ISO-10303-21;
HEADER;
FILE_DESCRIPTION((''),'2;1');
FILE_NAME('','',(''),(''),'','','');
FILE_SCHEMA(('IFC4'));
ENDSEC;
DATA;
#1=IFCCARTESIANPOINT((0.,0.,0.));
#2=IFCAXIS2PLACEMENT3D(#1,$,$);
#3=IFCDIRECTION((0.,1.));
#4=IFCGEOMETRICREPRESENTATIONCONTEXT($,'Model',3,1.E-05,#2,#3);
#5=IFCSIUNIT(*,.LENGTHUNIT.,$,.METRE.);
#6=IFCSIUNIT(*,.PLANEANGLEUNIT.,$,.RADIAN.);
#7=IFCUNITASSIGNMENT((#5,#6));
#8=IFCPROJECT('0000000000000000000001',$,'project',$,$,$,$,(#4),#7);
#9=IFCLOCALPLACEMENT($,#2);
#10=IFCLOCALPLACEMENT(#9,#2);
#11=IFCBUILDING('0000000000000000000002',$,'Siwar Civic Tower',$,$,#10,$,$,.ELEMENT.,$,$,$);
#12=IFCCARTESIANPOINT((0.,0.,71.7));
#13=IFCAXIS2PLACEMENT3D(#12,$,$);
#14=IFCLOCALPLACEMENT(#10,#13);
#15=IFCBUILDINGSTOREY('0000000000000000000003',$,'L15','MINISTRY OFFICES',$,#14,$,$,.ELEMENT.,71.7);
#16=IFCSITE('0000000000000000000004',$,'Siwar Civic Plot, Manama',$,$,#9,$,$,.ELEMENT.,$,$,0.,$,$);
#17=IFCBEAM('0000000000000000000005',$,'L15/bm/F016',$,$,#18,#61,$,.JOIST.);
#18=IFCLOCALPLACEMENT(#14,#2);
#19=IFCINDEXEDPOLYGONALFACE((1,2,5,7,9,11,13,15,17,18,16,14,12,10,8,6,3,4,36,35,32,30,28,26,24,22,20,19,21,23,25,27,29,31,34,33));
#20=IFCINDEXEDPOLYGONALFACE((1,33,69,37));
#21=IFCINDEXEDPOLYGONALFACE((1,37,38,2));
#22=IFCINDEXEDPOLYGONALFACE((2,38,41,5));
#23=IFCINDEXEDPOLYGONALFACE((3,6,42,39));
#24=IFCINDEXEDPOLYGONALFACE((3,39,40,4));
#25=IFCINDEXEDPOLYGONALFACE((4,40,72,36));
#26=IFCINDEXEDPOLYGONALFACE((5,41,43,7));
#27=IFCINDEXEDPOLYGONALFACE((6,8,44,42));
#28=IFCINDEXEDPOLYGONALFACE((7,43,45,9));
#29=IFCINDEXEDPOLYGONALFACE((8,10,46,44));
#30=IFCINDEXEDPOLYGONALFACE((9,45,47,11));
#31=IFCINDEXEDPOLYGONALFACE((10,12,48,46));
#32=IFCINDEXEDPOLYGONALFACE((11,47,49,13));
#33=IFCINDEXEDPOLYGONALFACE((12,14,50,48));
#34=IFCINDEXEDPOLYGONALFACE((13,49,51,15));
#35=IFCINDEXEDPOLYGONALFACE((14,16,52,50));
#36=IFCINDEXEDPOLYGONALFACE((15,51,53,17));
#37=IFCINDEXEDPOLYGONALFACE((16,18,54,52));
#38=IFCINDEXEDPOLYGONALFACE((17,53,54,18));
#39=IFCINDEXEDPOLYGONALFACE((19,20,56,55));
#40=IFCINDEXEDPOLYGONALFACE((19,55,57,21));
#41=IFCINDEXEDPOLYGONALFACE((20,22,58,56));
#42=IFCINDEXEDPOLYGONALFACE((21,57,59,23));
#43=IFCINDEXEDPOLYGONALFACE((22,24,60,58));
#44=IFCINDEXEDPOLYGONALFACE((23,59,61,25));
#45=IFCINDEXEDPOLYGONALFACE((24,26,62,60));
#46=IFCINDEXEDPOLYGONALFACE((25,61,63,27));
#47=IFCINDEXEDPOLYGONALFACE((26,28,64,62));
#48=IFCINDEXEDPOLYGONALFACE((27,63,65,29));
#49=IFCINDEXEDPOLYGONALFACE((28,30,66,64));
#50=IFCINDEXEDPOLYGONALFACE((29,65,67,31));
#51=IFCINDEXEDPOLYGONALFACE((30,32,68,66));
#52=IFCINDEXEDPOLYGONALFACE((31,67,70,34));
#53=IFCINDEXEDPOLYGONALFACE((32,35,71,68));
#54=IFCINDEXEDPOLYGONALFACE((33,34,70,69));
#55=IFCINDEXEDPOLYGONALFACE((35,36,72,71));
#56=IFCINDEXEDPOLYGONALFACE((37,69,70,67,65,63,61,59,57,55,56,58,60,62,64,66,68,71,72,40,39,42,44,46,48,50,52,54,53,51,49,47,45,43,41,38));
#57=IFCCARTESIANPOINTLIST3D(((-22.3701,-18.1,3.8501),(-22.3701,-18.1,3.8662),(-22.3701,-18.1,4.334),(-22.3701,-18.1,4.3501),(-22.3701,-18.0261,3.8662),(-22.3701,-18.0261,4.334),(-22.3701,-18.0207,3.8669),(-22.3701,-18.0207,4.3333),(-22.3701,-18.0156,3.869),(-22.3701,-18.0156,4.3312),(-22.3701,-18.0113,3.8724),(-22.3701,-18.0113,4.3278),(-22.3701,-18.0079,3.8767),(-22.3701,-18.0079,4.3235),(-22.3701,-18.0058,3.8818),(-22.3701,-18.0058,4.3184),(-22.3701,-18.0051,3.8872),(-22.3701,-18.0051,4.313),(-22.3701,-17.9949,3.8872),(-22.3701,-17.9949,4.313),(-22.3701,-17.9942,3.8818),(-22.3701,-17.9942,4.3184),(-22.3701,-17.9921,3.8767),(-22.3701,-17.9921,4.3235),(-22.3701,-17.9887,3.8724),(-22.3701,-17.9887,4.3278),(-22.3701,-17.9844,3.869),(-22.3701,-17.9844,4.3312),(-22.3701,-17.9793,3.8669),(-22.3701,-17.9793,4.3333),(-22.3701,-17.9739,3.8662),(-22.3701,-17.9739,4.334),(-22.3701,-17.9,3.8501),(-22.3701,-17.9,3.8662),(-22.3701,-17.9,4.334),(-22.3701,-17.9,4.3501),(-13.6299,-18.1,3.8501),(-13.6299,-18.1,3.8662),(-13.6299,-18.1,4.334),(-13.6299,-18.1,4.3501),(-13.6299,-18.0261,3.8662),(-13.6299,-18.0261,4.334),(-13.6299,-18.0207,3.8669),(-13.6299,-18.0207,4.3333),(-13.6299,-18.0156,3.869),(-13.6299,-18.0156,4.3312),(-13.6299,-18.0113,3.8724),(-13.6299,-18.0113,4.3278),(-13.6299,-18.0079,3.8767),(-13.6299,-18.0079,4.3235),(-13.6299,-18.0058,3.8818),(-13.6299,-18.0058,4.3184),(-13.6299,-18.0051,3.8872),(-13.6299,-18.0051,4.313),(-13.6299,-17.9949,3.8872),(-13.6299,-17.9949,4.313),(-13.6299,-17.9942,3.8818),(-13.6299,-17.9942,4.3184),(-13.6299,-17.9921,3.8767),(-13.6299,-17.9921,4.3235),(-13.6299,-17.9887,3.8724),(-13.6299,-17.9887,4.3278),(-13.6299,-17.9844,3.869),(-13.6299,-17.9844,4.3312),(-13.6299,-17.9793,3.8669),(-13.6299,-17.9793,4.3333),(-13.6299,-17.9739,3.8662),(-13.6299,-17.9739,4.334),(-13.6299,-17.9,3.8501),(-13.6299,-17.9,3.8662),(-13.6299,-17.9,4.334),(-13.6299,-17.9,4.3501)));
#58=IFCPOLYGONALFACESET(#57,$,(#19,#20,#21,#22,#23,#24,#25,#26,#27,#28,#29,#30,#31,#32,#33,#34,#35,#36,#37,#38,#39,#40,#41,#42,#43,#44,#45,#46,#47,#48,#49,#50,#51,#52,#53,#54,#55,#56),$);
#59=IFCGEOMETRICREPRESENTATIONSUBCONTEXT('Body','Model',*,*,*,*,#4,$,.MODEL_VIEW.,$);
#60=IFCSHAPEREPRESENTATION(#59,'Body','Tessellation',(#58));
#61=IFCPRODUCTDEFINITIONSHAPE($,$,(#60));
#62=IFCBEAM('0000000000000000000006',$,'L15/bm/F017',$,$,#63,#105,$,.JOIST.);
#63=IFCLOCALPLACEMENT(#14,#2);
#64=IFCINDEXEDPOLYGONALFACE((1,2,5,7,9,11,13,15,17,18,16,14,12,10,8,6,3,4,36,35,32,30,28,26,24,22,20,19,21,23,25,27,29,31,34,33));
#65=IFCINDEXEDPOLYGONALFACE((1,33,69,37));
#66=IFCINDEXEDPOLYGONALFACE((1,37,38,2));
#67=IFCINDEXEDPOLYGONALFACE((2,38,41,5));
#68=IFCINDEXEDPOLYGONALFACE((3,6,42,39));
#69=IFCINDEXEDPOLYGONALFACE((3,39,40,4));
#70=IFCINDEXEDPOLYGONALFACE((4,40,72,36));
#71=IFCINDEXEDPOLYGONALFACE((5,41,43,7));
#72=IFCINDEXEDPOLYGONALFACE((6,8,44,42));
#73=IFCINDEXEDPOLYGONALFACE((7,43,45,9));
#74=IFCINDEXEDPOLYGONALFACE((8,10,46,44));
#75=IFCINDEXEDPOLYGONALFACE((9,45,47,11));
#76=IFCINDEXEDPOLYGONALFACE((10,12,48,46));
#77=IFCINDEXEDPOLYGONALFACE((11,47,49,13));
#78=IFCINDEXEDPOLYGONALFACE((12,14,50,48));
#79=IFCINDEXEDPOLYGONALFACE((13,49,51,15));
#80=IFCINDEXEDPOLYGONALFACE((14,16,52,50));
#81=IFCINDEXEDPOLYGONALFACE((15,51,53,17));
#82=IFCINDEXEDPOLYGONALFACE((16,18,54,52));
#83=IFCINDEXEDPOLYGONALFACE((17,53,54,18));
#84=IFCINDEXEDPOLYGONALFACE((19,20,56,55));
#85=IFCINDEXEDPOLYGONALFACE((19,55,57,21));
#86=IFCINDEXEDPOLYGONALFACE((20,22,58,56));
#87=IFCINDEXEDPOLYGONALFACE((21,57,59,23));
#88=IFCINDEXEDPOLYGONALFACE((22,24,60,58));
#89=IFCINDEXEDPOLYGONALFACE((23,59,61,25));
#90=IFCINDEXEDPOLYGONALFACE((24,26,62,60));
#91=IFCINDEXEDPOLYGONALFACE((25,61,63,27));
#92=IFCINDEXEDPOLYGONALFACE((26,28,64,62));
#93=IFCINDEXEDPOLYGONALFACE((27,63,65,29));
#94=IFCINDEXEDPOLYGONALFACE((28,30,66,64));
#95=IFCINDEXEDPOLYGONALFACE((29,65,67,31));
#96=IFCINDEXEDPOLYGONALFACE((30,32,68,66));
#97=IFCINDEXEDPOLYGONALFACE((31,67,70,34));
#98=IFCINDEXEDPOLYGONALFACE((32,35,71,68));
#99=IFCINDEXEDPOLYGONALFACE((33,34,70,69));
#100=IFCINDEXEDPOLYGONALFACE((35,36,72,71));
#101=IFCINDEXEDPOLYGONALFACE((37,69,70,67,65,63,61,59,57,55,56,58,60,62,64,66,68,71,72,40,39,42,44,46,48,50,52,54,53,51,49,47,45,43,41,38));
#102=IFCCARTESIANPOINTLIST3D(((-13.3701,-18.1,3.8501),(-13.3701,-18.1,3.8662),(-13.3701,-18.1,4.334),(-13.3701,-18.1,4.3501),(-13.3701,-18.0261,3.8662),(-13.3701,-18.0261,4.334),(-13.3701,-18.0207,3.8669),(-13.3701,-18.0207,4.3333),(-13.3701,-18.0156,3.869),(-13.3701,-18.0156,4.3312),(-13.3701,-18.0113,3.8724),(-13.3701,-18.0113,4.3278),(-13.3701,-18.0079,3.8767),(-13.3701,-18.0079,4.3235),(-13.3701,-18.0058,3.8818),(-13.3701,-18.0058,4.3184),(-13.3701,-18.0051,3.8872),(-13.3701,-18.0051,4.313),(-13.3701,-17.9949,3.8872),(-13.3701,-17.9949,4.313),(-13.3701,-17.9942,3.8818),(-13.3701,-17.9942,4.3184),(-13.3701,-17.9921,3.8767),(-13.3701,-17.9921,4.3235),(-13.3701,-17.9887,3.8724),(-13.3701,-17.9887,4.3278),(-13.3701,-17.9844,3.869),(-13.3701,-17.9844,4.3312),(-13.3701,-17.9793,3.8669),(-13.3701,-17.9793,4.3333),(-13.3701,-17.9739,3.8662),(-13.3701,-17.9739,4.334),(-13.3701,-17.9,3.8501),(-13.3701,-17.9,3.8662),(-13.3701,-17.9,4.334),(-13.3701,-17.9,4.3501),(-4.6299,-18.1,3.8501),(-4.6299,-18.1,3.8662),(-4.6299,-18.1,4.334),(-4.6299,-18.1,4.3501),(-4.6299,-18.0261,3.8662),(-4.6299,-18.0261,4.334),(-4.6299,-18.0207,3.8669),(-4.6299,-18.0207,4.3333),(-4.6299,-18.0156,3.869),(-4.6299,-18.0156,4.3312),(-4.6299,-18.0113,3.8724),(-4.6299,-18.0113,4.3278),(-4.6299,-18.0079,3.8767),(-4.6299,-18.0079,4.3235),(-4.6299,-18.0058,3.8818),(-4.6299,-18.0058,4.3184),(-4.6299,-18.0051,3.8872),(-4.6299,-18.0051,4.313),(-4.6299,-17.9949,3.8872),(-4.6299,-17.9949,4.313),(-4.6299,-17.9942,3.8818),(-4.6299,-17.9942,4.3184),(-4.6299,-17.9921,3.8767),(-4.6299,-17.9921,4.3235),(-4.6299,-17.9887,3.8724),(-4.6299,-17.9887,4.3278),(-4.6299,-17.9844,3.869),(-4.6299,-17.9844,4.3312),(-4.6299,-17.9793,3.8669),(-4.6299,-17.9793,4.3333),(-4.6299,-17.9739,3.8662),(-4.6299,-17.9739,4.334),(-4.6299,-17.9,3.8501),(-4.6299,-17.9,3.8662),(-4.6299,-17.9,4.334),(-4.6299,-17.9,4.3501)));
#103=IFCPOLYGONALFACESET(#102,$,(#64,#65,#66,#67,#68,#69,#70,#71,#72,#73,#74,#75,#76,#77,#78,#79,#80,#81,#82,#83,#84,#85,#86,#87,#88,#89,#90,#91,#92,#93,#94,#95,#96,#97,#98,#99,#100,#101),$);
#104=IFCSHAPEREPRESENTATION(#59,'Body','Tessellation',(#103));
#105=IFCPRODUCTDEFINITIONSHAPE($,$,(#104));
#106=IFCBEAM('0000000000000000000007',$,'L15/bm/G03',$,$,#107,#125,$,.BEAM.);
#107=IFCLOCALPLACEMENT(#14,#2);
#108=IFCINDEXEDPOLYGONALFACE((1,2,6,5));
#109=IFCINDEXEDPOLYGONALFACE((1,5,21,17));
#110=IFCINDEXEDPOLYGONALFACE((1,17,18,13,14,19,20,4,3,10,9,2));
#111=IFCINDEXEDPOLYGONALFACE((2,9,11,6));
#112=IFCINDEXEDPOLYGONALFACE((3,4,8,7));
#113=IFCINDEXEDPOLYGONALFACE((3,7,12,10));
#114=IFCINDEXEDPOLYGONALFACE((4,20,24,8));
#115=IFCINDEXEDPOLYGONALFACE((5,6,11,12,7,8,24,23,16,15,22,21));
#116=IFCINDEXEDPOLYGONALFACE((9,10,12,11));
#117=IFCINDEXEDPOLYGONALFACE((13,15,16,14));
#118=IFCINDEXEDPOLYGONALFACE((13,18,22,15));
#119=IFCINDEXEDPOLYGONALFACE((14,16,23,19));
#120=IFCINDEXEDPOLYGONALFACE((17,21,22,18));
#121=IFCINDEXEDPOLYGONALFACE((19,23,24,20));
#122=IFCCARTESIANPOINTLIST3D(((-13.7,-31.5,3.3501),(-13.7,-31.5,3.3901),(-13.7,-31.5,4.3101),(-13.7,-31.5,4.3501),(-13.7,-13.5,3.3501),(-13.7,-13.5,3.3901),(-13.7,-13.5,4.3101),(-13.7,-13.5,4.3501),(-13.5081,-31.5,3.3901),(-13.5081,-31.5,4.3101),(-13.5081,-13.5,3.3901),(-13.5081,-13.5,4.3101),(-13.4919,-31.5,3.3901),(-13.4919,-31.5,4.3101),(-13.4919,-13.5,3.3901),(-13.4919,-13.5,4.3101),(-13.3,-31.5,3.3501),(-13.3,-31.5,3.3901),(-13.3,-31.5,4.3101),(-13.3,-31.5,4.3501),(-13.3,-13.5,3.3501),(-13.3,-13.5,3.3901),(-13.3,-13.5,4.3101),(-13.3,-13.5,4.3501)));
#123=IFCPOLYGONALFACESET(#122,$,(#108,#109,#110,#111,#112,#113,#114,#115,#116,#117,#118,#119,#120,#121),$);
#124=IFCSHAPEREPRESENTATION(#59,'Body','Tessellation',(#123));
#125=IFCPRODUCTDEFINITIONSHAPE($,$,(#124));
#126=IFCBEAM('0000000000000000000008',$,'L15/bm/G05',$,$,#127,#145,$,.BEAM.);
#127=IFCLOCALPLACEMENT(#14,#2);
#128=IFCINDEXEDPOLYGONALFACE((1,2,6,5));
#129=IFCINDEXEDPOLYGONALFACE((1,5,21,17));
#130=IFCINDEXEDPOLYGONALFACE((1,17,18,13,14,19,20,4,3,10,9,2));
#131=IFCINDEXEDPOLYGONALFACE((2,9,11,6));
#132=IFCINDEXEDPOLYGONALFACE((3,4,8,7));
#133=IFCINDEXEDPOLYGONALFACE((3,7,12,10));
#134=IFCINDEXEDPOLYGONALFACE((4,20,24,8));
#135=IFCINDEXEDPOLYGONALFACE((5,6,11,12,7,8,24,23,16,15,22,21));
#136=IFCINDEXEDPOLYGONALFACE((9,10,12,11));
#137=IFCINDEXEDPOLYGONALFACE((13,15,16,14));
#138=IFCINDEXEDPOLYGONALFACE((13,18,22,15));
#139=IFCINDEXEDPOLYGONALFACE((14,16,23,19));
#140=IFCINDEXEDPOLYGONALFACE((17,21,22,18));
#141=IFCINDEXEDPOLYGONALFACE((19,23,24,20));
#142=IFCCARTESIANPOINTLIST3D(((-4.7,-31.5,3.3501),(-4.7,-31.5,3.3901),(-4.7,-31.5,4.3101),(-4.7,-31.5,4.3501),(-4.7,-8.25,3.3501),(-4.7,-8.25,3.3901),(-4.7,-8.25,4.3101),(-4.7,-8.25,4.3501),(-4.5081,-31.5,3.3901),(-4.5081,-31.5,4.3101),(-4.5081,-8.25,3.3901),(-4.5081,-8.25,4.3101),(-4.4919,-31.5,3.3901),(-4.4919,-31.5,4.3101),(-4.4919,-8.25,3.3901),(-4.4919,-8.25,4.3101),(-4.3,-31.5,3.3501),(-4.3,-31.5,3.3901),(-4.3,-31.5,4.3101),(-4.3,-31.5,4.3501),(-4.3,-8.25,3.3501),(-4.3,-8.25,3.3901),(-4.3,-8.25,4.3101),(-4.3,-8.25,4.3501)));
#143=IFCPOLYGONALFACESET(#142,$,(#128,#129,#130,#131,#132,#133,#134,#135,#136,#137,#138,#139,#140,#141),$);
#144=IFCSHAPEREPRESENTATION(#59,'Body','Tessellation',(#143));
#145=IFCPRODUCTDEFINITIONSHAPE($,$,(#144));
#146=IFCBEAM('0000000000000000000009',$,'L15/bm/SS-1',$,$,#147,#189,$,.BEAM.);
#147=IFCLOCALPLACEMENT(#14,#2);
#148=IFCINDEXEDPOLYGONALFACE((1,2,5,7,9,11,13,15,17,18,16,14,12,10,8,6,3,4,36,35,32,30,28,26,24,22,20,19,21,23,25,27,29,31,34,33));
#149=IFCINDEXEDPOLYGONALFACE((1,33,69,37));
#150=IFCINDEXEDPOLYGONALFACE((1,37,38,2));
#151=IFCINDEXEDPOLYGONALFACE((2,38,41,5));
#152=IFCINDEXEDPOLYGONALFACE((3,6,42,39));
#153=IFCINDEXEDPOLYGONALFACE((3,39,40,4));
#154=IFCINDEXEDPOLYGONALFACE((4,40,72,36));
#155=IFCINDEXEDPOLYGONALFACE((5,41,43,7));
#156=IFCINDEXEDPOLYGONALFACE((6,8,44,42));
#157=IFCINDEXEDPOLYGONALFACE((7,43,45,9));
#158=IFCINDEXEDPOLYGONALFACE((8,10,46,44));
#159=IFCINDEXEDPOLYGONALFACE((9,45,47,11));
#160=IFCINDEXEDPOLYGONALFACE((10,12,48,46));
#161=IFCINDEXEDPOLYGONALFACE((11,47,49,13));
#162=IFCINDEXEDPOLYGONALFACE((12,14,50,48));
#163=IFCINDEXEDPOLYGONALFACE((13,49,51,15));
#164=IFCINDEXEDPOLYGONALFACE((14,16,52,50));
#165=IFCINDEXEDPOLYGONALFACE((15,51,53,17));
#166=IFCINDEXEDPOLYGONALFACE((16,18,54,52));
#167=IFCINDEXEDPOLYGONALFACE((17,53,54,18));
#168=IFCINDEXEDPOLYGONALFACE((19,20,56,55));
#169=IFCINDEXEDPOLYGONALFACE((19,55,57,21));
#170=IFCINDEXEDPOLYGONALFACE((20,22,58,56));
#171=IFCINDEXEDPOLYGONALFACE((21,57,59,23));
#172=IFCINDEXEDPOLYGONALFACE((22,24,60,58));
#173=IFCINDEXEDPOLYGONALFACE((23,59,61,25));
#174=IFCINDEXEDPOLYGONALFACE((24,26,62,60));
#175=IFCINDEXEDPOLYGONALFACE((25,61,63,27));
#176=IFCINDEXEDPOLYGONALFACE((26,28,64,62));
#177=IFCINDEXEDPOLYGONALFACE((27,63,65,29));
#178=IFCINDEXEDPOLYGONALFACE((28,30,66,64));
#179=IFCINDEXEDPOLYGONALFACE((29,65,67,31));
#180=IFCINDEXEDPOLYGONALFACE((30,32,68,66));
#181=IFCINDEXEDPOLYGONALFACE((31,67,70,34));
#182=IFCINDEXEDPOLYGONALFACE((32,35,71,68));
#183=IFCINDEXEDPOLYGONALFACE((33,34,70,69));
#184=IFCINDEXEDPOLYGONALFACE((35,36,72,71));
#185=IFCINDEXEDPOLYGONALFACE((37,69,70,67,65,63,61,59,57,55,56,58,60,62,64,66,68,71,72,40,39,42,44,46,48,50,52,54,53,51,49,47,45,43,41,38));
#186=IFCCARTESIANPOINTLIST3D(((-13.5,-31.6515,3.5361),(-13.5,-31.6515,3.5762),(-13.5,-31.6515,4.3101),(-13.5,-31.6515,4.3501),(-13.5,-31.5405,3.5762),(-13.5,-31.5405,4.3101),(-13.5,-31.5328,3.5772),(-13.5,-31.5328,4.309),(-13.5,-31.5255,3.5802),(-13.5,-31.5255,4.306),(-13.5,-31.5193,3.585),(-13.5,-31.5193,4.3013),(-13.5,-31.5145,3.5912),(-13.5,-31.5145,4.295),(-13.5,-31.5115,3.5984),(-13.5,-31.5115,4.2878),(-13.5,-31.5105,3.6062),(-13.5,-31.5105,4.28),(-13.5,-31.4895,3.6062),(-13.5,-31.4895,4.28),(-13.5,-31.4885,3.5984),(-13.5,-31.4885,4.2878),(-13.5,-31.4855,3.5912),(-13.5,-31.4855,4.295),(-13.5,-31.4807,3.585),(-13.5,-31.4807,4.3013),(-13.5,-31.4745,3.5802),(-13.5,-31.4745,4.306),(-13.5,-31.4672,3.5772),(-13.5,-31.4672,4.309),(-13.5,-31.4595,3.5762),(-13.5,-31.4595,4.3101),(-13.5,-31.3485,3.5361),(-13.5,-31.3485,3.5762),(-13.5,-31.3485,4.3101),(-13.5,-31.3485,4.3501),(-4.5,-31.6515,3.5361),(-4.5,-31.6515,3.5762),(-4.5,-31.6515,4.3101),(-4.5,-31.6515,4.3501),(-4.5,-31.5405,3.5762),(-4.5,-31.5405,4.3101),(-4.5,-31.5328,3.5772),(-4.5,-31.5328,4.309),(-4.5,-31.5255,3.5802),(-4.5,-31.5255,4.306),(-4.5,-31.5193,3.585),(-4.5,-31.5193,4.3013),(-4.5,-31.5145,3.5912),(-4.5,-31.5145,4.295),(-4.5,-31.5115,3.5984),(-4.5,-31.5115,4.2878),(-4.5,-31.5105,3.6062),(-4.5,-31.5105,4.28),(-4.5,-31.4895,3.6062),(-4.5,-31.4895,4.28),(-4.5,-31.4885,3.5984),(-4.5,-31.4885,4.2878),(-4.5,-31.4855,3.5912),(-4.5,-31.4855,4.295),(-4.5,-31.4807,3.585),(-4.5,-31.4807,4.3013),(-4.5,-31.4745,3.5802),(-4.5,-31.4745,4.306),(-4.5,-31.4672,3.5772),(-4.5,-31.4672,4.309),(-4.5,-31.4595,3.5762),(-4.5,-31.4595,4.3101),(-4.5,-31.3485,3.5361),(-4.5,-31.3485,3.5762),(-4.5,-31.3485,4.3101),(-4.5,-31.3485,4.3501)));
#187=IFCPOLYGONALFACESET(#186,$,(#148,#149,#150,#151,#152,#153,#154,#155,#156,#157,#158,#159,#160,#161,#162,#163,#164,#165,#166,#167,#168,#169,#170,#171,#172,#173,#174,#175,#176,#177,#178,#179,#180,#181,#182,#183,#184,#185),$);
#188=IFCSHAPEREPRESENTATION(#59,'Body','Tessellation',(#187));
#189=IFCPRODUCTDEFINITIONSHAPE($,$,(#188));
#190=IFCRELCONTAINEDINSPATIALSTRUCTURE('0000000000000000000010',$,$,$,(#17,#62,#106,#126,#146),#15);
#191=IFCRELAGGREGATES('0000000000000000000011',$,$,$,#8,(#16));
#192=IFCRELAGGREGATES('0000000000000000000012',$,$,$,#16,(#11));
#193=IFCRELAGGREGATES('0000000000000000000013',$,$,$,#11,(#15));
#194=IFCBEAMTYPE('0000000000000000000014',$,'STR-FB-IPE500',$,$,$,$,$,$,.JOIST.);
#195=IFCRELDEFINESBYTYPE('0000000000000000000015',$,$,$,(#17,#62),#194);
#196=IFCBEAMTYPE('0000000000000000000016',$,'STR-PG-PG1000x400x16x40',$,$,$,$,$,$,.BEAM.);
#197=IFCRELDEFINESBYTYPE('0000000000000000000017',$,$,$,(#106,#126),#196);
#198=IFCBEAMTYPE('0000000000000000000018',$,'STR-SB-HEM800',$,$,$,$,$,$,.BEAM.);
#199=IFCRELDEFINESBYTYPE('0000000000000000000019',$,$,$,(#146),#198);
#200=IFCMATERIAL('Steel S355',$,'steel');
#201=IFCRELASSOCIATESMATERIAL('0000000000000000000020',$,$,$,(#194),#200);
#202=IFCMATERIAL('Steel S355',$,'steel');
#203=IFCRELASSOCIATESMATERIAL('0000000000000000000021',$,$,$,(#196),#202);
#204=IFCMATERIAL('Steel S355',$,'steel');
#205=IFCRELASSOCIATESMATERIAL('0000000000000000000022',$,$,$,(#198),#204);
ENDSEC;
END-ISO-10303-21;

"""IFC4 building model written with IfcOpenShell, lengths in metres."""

from ifc_helpers import new_model, si_unit, direction, frame, origin, origin_2d, place, context, subcontext, project, spatial, i_section, extrude, material, material_profile, profile_set, type_object, element, save


model = new_model("IFC4")

# Units and contexts
model_context = context("Model", 3, precision=1e-05, world=origin(), true_north=direction((0.0, 1.0)))
body_context = subcontext(model_context, "Body", "Model", "MODEL_VIEW")
ifc_project = project(units=[si_unit("LENGTHUNIT", "METRE"), si_unit("PLANEANGLEUNIT", "RADIAN")], contexts=[model_context])

# Site, building, storey
site_placement = place(None, origin())
site = spatial("IfcSite", under=ifc_project, at=site_placement, Name="Siwar Civic Plot, Manama", CompositionType="ELEMENT", RefElevation=0.0)
building_placement = place(site_placement, origin())
building = spatial("IfcBuilding", under=site, at=building_placement, Name="Siwar Civic Tower", CompositionType="ELEMENT")
storey_placement = place(building_placement, frame((0.0, 0.0, 71.7)))
storey = spatial("IfcBuildingStorey", under=building, at=storey_placement, Name="L15", Description="MINISTRY OFFICES", CompositionType="ELEMENT", Elevation=71.7)

# Beams
ifc_material_1 = material(Name="Steel S355", Category="steel")
ifc_material_profile_1 = material_profile(ifc_material_1, i_section(OverallWidth=0.2, OverallDepth=0.5, WebThickness=0.0103, FlangeThickness=0.0161, FilletRadius=0.021, at=origin_2d()), Name="IPE500")
ifc_profile_set_1 = profile_set([ifc_material_profile_1], Name="Steel S355")
beam_type_1 = type_object("IfcBeamType", Name="STR-FB-IPE500", PredefinedType="JOIST", material=ifc_profile_set_1)
for number, where, z_axis, x_axis, name in (
    (1, (-22.3701, -18.0, 4.1001), (1.0, 0.0, 0.0), (0.0, 1.0, 0.0), "L15/bm/F016"),
    (2, (-13.3701, -18.0, 4.1001), (1.0, 0.0, 0.0), (0.0, 1.0, 0.0), "L15/bm/F017"),
):
    element("IfcBeam", number, at=place(storey_placement, frame(where, z_axis=z_axis, x_axis=x_axis)), inside=storey, type_object=beam_type_1, Name=name, PredefinedType="JOIST", context=body_context, shape_type="SweptSolid", body=[
        extrude(i_section(OverallWidth=0.2, OverallDepth=0.5, WebThickness=0.0103, FlangeThickness=0.0161, FilletRadius=0.021, at=origin_2d()), origin(), (0.0, 0.0, 1.0), 8.7402),
    ])
ifc_material_2 = material(Name="Steel S355", Category="steel")
ifc_material_profile_2 = material_profile(ifc_material_2, i_section(OverallWidth=0.3999, OverallDepth=1.0, WebThickness=0.0161, FlangeThickness=0.04, at=origin_2d()), Name="PG1000x400x16x40")
ifc_profile_set_2 = profile_set([ifc_material_profile_2], Name="Steel S355")
beam_type_2 = type_object("IfcBeamType", Name="STR-PG-PG1000x400x16x40", PredefinedType="BEAM", material=ifc_profile_set_2)
beam_1_placement = place(storey_placement, frame((-13.5, -31.5, 3.8501), z_axis=(0.0, 1.0, 0.0), x_axis=(-1.0, 0.0, 0.0)))
element("IfcBeam", 3, at=beam_1_placement, inside=storey, type_object=beam_type_2, Name="L15/bm/G03", PredefinedType="BEAM", context=body_context, shape_type="SweptSolid", body=[
    extrude(i_section(OverallWidth=0.3999, OverallDepth=1.0, WebThickness=0.0161, FlangeThickness=0.04, at=origin_2d()), origin(), (0.0, 0.0, 1.0), 18.0),
])
beam_2_placement = place(storey_placement, frame((-4.5, -31.5, 3.8501), z_axis=(0.0, 1.0, 0.0), x_axis=(-1.0, 0.0, 0.0)))
element("IfcBeam", 4, at=beam_2_placement, inside=storey, type_object=beam_type_2, Name="L15/bm/G05", PredefinedType="BEAM", context=body_context, shape_type="SweptSolid", body=[
    extrude(i_section(OverallWidth=0.3999, OverallDepth=1.0, WebThickness=0.0161, FlangeThickness=0.04, at=origin_2d()), origin(), (0.0, 0.0, 1.0), 23.25),
])
ifc_material_3 = material(Name="Steel S355", Category="steel")
ifc_material_profile_3 = material_profile(ifc_material_3, i_section(OverallWidth=0.303, OverallDepth=0.814, WebThickness=0.021, FlangeThickness=0.04, FilletRadius=0.03, at=origin_2d()), Name="HEM800")
ifc_profile_set_3 = profile_set([ifc_material_profile_3], Name="Steel S355")
beam_type_3 = type_object("IfcBeamType", Name="STR-SB-HEM800", PredefinedType="BEAM", material=ifc_profile_set_3)
for number, where, z_axis, x_axis, name in (
    (5, (-13.5, -31.5, 3.9431), (1.0, 0.0, 0.0), (0.0, 1.0, 0.0), "L15/bm/SS-1"),
):
    element("IfcBeam", number, at=place(storey_placement, frame(where, z_axis=z_axis, x_axis=x_axis)), inside=storey, type_object=beam_type_3, Name=name, PredefinedType="BEAM", context=body_context, shape_type="SweptSolid", body=[
        extrude(i_section(OverallWidth=0.303, OverallDepth=0.814, WebThickness=0.021, FlangeThickness=0.04, FilletRadius=0.03, at=origin_2d()), origin(), (0.0, 0.0, 1.0), 9.0),
    ])

save(model, "model.ifc")
